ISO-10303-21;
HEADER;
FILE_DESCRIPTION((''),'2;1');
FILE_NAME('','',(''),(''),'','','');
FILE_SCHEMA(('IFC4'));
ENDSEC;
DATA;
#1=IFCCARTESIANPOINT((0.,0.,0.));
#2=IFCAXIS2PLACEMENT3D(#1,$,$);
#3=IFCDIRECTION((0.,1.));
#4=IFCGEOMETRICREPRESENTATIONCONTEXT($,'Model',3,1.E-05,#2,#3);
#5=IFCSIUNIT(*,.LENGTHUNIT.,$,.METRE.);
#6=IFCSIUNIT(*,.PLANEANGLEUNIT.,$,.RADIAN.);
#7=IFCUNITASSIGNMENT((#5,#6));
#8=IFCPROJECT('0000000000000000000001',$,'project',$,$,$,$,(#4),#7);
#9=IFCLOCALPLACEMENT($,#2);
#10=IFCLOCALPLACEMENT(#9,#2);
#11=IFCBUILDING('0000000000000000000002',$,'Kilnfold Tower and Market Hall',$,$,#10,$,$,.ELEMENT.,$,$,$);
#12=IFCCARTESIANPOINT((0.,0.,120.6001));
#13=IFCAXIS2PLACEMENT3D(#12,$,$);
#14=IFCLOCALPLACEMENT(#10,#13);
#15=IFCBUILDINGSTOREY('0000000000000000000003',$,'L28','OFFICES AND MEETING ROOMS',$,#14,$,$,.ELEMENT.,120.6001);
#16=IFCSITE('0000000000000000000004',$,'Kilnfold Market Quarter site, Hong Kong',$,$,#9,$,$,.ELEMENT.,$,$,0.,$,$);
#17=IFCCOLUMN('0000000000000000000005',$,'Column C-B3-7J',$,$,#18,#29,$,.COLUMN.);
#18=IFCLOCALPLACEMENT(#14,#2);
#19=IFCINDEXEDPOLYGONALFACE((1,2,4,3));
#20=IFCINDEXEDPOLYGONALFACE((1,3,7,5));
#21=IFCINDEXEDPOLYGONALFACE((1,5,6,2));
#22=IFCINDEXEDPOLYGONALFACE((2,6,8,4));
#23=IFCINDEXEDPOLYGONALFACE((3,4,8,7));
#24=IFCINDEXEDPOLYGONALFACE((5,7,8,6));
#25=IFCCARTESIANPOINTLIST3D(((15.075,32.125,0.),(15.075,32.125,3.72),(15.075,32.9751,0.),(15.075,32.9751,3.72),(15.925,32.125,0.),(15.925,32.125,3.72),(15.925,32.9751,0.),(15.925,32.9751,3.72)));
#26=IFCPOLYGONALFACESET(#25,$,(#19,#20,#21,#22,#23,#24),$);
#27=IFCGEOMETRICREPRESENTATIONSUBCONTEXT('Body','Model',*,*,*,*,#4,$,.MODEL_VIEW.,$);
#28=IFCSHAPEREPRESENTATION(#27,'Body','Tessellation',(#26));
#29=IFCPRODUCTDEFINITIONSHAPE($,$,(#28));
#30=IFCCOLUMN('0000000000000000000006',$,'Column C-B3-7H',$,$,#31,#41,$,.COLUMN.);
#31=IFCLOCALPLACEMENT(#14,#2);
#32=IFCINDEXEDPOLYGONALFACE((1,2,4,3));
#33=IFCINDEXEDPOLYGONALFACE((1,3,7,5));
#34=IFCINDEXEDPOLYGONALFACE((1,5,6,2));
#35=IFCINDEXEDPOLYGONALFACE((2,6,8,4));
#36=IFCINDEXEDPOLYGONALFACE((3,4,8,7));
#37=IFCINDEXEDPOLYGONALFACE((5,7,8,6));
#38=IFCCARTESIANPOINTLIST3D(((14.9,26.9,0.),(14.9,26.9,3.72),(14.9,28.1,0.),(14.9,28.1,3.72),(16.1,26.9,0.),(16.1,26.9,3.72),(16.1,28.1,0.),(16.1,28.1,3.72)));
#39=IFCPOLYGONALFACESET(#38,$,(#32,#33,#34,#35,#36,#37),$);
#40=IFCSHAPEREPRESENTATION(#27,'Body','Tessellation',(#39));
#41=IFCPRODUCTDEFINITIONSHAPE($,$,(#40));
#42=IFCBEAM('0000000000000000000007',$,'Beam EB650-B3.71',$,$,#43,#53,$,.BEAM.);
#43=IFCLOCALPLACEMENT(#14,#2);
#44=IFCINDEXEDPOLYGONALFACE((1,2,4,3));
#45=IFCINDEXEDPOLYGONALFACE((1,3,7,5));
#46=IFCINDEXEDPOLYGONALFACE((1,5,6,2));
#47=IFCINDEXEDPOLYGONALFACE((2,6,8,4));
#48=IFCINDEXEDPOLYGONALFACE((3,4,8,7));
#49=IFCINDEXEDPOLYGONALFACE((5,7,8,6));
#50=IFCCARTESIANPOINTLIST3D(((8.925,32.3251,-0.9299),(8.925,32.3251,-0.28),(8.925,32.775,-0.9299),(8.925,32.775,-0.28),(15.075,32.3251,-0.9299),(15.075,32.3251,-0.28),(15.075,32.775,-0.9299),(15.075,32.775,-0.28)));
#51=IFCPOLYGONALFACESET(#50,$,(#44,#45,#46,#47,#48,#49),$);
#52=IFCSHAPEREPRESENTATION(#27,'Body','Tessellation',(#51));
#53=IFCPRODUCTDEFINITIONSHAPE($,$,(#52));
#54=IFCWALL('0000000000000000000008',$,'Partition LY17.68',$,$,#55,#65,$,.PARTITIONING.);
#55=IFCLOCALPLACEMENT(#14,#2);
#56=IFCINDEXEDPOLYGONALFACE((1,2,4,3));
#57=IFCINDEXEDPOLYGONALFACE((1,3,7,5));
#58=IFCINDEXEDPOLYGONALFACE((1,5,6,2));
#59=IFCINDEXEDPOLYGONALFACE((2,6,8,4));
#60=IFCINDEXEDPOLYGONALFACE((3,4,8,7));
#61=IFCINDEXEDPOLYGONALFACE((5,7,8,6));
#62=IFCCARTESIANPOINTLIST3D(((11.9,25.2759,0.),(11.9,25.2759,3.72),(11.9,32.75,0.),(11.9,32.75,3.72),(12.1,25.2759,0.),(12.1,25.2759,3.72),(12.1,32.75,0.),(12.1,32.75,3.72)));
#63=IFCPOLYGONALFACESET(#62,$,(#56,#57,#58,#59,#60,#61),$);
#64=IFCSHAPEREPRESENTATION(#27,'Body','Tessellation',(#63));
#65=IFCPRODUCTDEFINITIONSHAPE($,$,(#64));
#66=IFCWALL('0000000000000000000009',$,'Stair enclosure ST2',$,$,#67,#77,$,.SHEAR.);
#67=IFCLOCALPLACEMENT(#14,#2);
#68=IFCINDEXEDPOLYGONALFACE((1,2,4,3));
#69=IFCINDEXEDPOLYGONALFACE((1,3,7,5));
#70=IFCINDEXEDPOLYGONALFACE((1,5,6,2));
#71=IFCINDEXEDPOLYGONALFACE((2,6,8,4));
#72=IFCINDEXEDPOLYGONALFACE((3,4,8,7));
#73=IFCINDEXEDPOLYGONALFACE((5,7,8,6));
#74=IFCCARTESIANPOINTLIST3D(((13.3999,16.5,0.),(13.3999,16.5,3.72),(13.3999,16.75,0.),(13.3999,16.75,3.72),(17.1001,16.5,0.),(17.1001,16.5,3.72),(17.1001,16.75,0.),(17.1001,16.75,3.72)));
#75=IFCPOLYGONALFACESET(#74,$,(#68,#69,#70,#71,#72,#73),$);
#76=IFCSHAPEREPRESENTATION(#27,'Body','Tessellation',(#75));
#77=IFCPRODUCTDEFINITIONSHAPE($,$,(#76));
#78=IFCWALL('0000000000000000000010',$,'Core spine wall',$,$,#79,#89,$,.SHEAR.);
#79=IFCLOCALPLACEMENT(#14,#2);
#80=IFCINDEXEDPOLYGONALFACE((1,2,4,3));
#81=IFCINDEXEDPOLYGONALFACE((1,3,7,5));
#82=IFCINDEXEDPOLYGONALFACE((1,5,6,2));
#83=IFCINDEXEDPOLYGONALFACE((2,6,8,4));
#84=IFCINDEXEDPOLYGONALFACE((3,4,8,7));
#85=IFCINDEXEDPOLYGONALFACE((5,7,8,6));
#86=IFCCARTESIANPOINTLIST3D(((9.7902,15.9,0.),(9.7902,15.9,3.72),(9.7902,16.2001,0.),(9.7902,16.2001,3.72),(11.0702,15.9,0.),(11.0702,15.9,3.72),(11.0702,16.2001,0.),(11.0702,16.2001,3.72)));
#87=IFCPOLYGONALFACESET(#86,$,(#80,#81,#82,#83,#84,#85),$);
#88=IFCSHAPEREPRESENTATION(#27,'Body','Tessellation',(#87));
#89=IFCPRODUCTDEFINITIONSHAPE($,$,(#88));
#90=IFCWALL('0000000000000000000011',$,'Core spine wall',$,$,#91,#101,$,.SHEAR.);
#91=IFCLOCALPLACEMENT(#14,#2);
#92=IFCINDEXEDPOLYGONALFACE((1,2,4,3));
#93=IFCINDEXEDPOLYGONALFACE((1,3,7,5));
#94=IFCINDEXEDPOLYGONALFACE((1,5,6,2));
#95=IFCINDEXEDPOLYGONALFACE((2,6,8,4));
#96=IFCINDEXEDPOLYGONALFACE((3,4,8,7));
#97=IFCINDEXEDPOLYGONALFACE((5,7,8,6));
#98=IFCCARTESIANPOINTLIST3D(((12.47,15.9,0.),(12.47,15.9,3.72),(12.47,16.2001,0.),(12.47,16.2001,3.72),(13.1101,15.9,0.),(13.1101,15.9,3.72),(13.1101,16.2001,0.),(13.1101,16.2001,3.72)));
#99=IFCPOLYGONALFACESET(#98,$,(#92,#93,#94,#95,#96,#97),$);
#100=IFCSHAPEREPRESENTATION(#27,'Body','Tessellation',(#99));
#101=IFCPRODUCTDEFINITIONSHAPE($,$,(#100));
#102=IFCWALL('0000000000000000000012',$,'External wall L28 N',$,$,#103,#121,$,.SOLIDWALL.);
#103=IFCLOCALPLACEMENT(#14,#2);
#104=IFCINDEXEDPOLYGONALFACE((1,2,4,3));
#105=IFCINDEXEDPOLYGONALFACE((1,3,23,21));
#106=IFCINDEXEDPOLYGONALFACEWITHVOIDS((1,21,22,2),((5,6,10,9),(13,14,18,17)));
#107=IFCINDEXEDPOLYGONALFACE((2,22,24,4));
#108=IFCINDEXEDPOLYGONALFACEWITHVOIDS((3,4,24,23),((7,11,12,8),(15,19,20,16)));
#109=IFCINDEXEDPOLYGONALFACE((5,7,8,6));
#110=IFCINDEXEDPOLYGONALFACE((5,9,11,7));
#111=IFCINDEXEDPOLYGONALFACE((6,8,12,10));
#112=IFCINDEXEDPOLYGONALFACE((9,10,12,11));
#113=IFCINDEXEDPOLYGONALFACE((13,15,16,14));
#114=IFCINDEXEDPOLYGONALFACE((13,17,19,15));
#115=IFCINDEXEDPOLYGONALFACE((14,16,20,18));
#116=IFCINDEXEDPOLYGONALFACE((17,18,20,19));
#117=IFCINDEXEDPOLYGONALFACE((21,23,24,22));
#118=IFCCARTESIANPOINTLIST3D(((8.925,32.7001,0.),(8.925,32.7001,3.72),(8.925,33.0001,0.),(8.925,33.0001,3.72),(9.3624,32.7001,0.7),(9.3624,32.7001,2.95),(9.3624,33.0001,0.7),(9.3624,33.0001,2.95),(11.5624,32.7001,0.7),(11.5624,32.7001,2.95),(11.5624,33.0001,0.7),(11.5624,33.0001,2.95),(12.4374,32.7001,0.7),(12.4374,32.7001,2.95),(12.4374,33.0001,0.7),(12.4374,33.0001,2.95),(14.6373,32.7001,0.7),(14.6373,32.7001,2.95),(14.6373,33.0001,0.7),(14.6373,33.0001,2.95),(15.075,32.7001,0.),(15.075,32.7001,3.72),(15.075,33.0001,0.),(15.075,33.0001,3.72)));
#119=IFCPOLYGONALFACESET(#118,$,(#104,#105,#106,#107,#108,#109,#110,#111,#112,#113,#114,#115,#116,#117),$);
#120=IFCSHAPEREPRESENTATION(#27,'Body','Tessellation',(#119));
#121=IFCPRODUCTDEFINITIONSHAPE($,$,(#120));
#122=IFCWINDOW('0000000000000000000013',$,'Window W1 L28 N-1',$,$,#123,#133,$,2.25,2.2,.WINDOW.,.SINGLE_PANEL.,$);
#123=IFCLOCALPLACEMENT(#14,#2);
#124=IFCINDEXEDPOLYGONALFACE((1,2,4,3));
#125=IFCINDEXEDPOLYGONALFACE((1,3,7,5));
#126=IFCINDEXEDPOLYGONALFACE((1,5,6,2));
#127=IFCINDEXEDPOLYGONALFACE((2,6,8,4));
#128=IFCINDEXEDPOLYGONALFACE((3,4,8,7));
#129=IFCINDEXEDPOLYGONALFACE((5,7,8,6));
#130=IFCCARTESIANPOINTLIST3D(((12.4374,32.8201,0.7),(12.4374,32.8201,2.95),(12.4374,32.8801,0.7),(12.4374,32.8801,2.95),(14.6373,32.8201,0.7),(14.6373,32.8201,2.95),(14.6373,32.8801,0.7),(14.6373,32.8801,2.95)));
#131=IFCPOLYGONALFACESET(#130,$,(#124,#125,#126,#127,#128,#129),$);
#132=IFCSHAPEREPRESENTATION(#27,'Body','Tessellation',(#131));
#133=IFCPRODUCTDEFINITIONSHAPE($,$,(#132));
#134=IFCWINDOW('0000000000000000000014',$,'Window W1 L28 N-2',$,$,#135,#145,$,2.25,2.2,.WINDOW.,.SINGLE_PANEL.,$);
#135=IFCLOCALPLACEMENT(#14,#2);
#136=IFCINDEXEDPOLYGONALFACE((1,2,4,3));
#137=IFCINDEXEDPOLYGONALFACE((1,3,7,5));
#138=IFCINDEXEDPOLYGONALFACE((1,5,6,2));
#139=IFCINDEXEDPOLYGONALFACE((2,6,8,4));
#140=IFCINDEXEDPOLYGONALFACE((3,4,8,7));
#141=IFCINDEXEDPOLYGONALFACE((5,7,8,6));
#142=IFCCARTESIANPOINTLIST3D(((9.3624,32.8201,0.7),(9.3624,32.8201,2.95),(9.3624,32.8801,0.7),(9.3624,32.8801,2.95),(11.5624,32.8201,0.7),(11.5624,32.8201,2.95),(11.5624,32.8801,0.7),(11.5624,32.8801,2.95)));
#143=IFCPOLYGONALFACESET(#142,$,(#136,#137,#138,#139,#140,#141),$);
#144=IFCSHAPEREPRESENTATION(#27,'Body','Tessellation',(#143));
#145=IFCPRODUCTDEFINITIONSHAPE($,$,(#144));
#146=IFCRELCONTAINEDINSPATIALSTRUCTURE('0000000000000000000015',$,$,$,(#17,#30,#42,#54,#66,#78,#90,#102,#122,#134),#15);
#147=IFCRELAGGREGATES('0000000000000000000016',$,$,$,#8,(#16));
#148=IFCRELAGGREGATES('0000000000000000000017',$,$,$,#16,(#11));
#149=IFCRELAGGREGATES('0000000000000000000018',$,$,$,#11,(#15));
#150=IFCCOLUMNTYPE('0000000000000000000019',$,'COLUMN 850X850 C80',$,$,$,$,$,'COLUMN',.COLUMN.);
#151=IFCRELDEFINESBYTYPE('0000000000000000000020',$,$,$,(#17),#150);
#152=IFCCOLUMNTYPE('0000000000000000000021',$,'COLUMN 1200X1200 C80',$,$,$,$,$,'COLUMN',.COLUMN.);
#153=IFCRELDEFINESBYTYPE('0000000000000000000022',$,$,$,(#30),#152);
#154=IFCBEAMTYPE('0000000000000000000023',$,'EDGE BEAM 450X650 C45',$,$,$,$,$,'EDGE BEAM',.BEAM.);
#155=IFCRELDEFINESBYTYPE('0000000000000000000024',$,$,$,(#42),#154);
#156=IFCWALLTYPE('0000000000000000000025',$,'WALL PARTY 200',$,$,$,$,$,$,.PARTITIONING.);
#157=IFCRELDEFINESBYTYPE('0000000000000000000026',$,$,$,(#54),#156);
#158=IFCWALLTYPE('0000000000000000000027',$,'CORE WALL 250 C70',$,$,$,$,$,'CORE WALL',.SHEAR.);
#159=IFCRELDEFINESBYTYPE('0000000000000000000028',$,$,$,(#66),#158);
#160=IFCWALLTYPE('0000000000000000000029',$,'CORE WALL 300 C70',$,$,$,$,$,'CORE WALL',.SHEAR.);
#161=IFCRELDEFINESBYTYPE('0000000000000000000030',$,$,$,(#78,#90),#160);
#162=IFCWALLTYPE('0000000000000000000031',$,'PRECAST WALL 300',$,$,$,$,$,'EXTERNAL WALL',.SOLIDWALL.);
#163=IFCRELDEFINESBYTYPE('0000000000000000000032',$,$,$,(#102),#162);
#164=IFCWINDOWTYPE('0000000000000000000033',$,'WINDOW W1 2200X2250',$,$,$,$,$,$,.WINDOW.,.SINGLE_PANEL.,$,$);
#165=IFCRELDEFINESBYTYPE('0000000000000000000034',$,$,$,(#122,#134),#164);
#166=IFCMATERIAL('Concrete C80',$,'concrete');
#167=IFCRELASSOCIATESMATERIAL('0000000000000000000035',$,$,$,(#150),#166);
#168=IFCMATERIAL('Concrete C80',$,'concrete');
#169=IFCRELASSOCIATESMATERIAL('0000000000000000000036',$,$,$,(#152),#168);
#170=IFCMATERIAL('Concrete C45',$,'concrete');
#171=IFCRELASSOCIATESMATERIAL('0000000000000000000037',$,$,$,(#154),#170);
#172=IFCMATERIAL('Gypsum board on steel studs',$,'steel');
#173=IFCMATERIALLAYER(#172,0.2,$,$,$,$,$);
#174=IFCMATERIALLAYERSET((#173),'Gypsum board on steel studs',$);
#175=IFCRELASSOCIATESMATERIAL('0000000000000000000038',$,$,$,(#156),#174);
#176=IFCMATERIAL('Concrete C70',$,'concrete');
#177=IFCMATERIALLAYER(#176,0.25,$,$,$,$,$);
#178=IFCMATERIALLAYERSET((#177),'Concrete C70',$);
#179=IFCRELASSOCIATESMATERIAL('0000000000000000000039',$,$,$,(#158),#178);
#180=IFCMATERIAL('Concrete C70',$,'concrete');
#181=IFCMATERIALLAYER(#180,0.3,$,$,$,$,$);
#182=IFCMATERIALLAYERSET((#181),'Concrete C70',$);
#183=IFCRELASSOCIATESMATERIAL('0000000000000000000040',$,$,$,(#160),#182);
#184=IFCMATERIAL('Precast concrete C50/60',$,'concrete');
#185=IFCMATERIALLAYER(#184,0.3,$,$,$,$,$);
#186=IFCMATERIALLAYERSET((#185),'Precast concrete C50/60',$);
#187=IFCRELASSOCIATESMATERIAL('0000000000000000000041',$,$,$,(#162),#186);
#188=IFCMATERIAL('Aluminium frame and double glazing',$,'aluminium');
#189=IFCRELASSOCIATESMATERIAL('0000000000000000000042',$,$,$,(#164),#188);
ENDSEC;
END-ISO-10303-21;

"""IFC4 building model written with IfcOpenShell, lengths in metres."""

from ifc_helpers import new_model, si_unit, direction, frame, frame_2d, origin, origin_2d, place, context, subcontext, project, spatial, rectangle, extrude, source, transform, mapped, material, layer, layer_set, material_profile, profile_set, type_object, element, fill, save


model = new_model("IFC4")

# Units and contexts
model_context = context("Model", 3, precision=1e-05, world=origin(), true_north=direction((0.0, 1.0)))
body_context = subcontext(model_context, "Body", "Model", "MODEL_VIEW")
ifc_project = project(units=[si_unit("LENGTHUNIT", "METRE"), si_unit("PLANEANGLEUNIT", "RADIAN")], contexts=[model_context])

# Site, building, storey
site_placement = place(None, origin())
site = spatial("IfcSite", under=ifc_project, at=site_placement, Name="Kilnfold Market Quarter site, Hong Kong", CompositionType="ELEMENT", RefElevation=0.0)
building_placement = place(site_placement, origin())
building = spatial("IfcBuilding", under=site, at=building_placement, Name="Kilnfold Tower and Market Hall", CompositionType="ELEMENT")
storey_placement = place(building_placement, frame((0.0, 0.0, 120.6001)))
storey = spatial("IfcBuildingStorey", under=building, at=storey_placement, Name="L28", Description="OFFICES AND MEETING ROOMS", CompositionType="ELEMENT", Elevation=120.6001)

# Columns
ifc_material_1 = material(Name="Concrete C80", Category="concrete")
ifc_material_profile_1 = material_profile(ifc_material_1, rectangle(XDim=0.8501, YDim=0.8501, at=origin_2d()), Name="RC 850x850")
ifc_profile_set_1 = profile_set([ifc_material_profile_1], Name="Concrete C80")
column_type_1 = type_object("IfcColumnType", Name="COLUMN 850X850 C80", ElementType="COLUMN", PredefinedType="COLUMN", material=ifc_profile_set_1)
shared_shape_1 = source(origin(), body_context, "Body", "SweptSolid", [
    extrude(rectangle(XDim=0.8501, YDim=0.8501, at=origin_2d()), origin(), (0.0, 0.0, 1.0), 3.72),
])
column_1_placement = place(storey_placement, frame((15.5, 32.55, 0.0), z_axis=(0.0, 0.0, 1.0), x_axis=(1.0, 0.0, 0.0)))
element("IfcColumn", 1, at=column_1_placement, inside=storey, type_object=column_type_1, Name="Column C-B3-7J", PredefinedType="COLUMN", context=body_context, shape_type="MappedRepresentation", body=[
    mapped(shared_shape_1, transform((0.0, 0.0, 0.0))),
])
ifc_material_2 = material(Name="Concrete C80", Category="concrete")
ifc_material_profile_2 = material_profile(ifc_material_2, rectangle(XDim=1.2, YDim=1.2, at=origin_2d()), Name="RC 1200x1200")
ifc_profile_set_2 = profile_set([ifc_material_profile_2], Name="Concrete C80")
column_type_2 = type_object("IfcColumnType", Name="COLUMN 1200X1200 C80", ElementType="COLUMN", PredefinedType="COLUMN", material=ifc_profile_set_2)
shared_shape_2 = source(origin(), body_context, "Body", "SweptSolid", [
    extrude(rectangle(XDim=1.2, YDim=1.2, at=origin_2d()), origin(), (0.0, 0.0, 1.0), 3.72),
])
column_2_placement = place(storey_placement, frame((15.5, 27.5, 0.0), z_axis=(0.0, 0.0, 1.0), x_axis=(1.0, 0.0, 0.0)))
element("IfcColumn", 2, at=column_2_placement, inside=storey, type_object=column_type_2, Name="Column C-B3-7H", PredefinedType="COLUMN", context=body_context, shape_type="MappedRepresentation", body=[
    mapped(shared_shape_2, transform((0.0, 0.0, 0.0))),
])

# Beam
ifc_material_3 = material(Name="Concrete C45", Category="concrete")
ifc_material_profile_3 = material_profile(ifc_material_3, rectangle(XDim=0.45, YDim=0.6499, at=origin_2d()), Name="RC 450x650")
ifc_profile_set_3 = profile_set([ifc_material_profile_3], Name="Concrete C45")
beam_type = type_object("IfcBeamType", Name="EDGE BEAM 450X650 C45", ElementType="EDGE BEAM", PredefinedType="BEAM", material=ifc_profile_set_3)
shared_shape_3 = source(origin(), body_context, "Body", "SweptSolid", [
    extrude(rectangle(XDim=0.45, YDim=0.6499, at=origin_2d()), origin(), (0.0, 0.0, 1.0), 6.1499),
])
beam_placement = place(storey_placement, frame((8.925, 32.55, -0.605), z_axis=(1.0, 0.0, 0.0), x_axis=(0.0, 1.0, 0.0)))
element("IfcBeam", 3, at=beam_placement, inside=storey, type_object=beam_type, Name="Beam EB650-B3.71", PredefinedType="BEAM", context=body_context, shape_type="MappedRepresentation", body=[
    mapped(shared_shape_3, transform((0.0, 0.0, 0.0))),
])

# Walls
ifc_material_4 = material(Name="Gypsum board on steel studs", Category="steel")
ifc_layer_1 = layer(ifc_material_4, 0.2)
ifc_layer_set_1 = layer_set([ifc_layer_1], Name="Gypsum board on steel studs")
wall_type_1 = type_object("IfcWallType", Name="WALL PARTY 200", PredefinedType="PARTITIONING", material=ifc_layer_set_1)
wall_1_placement = place(storey_placement, frame((12.0, 25.2759, 0.0), z_axis=(0.0, 0.0, 1.0), x_axis=(0.0, 1.0, 0.0)))
element("IfcWall", 4, at=wall_1_placement, inside=storey, type_object=wall_type_1, Name="Partition LY17.68", PredefinedType="PARTITIONING", context=body_context, shape_type="SweptSolid", body=[
    extrude(rectangle(XDim=7.4741, YDim=0.2, at=frame_2d((3.7371, 0.0))), origin(), (0.0, 0.0, 1.0), 3.72),
])
ifc_material_5 = material(Name="Concrete C70", Category="concrete")
ifc_layer_2 = layer(ifc_material_5, 0.25)
ifc_layer_set_2 = layer_set([ifc_layer_2], Name="Concrete C70")
wall_type_2 = type_object("IfcWallType", Name="CORE WALL 250 C70", ElementType="CORE WALL", PredefinedType="SHEAR", material=ifc_layer_set_2)
shared_shape_4 = source(origin(), body_context, "Body", "SweptSolid", [
    extrude(rectangle(XDim=3.7002, YDim=0.25, at=frame_2d((1.8501, 0.0))), origin(), (0.0, 0.0, 1.0), 3.72),
])
wall_2_placement = place(storey_placement, frame((13.3999, 16.625, 0.0), z_axis=(0.0, 0.0, 1.0), x_axis=(1.0, 0.0, 0.0)))
element("IfcWall", 5, at=wall_2_placement, inside=storey, type_object=wall_type_2, Name="Stair enclosure ST2", PredefinedType="SHEAR", context=body_context, shape_type="MappedRepresentation", body=[
    mapped(shared_shape_4, transform((0.0, 0.0, 0.0))),
])
ifc_material_6 = material(Name="Concrete C70", Category="concrete")
ifc_layer_3 = layer(ifc_material_6, 0.3)
ifc_layer_set_3 = layer_set([ifc_layer_3], Name="Concrete C70")
wall_type_3 = type_object("IfcWallType", Name="CORE WALL 300 C70", ElementType="CORE WALL", PredefinedType="SHEAR", material=ifc_layer_set_3)
shared_shape_5 = source(origin(), body_context, "Body", "SweptSolid", [
    extrude(rectangle(XDim=1.28, YDim=0.3, at=frame_2d((0.6401, 0.0))), origin(), (0.0, 0.0, 1.0), 3.72),
])
wall_3_placement = place(storey_placement, frame((9.79, 16.05, 0.0), z_axis=(0.0, 0.0, 1.0), x_axis=(1.0, 0.0, 0.0)))
element("IfcWall", 6, at=wall_3_placement, inside=storey, type_object=wall_type_3, Name="Core spine wall", PredefinedType="SHEAR", context=body_context, shape_type="MappedRepresentation", body=[
    mapped(shared_shape_5, transform((0.0, 0.0, 0.0))),
])
shared_shape_6 = source(origin(), body_context, "Body", "SweptSolid", [
    extrude(rectangle(XDim=0.6401, YDim=0.3, at=frame_2d((0.3201, 0.0))), origin(), (0.0, 0.0, 1.0), 3.72),
])
wall_4_placement = place(storey_placement, frame((12.47, 16.05, 0.0), z_axis=(0.0, 0.0, 1.0), x_axis=(1.0, 0.0, 0.0)))
element("IfcWall", 7, at=wall_4_placement, inside=storey, type_object=wall_type_3, Name="Core spine wall", PredefinedType="SHEAR", context=body_context, shape_type="MappedRepresentation", body=[
    mapped(shared_shape_6, transform((0.0, 0.0, 0.0))),
])

# Wall, openings, windows
ifc_material_7 = material(Name="Precast concrete C50/60", Category="concrete")
ifc_layer_4 = layer(ifc_material_7, 0.3)
ifc_layer_set_4 = layer_set([ifc_layer_4], Name="Precast concrete C50/60")
wall_type_4 = type_object("IfcWallType", Name="PRECAST WALL 300", ElementType="EXTERNAL WALL", PredefinedType="SOLIDWALL", material=ifc_layer_set_4)
shared_shape_7 = source(origin(), body_context, "Body", "SweptSolid", [
    extrude(rectangle(XDim=6.1499, YDim=0.3, at=frame_2d((3.075, 0.0))), origin(), (0.0, 0.0, 1.0), 3.72),
])
wall_5_placement = place(storey_placement, frame((15.075, 32.8501, 0.0), z_axis=(0.0, 0.0, 1.0), x_axis=(-1.0, 0.0, 0.0)))
wall_5 = element("IfcWall", 8, at=wall_5_placement, inside=storey, type_object=wall_type_4, Name="External wall L28 N", PredefinedType="SOLIDWALL", context=body_context, shape_type="MappedRepresentation", body=[
    mapped(shared_shape_7, transform((0.0, 0.0, 0.0))),
])
opening_1_placement = place(wall_5_placement, frame((0.4375, 0.0, 0.7)))
opening_1 = element("IfcOpeningElement", 9, at=opening_1_placement, cuts=wall_5, PredefinedType="OPENING", context=body_context, shape_type="SweptSolid", body=[
    extrude(rectangle(XDim=2.2, YDim=2.25, at=frame_2d((1.1001, 1.125))), frame((0.0, 0.1602, 0.0), z_axis=(0.0, -1.0, 0.0), x_axis=(1.0, 0.0, 0.0)), (0.0, 0.0, 1.0), 0.3201),
])
opening_2_placement = place(wall_5_placement, frame((3.5125, 0.0, 0.7)))
opening_2 = element("IfcOpeningElement", 10, at=opening_2_placement, cuts=wall_5, PredefinedType="OPENING", context=body_context, shape_type="SweptSolid", body=[
    extrude(rectangle(XDim=2.2, YDim=2.25, at=frame_2d((1.1001, 1.125))), frame((0.0, 0.1602, 0.0), z_axis=(0.0, -1.0, 0.0), x_axis=(1.0, 0.0, 0.0)), (0.0, 0.0, 1.0), 0.3201),
])
ifc_material_8 = material(Name="Aluminium frame and double glazing", Category="aluminium")
window_type = type_object("IfcWindowType", Name="WINDOW W1 2200X2250", PartitioningType="SINGLE_PANEL", PredefinedType="WINDOW", material=ifc_material_8)
window_1_placement = place(opening_1_placement, origin())
window_1 = element("IfcWindow", 11, at=window_1_placement, inside=storey, type_object=window_type, Name="Window W1 L28 N-1", OverallHeight=2.25, OverallWidth=2.2, PartitioningType="SINGLE_PANEL", PredefinedType="WINDOW", context=body_context, shape_type="SweptSolid", body=[
    extrude(rectangle(XDim=2.2, YDim=2.25, at=frame_2d((1.1001, 1.125))), frame((0.0, 0.03, 0.0), z_axis=(0.0, -1.0, 0.0), x_axis=(1.0, 0.0, 0.0)), (0.0, 0.0, 1.0), 0.0601),
])
fill(opening_1, window_1)
window_2_placement = place(opening_2_placement, origin())
window_2 = element("IfcWindow", 12, at=window_2_placement, inside=storey, type_object=window_type, Name="Window W1 L28 N-2", OverallHeight=2.25, OverallWidth=2.2, PartitioningType="SINGLE_PANEL", PredefinedType="WINDOW", context=body_context, shape_type="SweptSolid", body=[
    extrude(rectangle(XDim=2.2, YDim=2.25, at=frame_2d((1.1001, 1.125))), frame((0.0, 0.03, 0.0), z_axis=(0.0, -1.0, 0.0), x_axis=(1.0, 0.0, 0.0)), (0.0, 0.0, 1.0), 0.0601),
])
fill(opening_2, window_2)

save(model, "model.ifc")
